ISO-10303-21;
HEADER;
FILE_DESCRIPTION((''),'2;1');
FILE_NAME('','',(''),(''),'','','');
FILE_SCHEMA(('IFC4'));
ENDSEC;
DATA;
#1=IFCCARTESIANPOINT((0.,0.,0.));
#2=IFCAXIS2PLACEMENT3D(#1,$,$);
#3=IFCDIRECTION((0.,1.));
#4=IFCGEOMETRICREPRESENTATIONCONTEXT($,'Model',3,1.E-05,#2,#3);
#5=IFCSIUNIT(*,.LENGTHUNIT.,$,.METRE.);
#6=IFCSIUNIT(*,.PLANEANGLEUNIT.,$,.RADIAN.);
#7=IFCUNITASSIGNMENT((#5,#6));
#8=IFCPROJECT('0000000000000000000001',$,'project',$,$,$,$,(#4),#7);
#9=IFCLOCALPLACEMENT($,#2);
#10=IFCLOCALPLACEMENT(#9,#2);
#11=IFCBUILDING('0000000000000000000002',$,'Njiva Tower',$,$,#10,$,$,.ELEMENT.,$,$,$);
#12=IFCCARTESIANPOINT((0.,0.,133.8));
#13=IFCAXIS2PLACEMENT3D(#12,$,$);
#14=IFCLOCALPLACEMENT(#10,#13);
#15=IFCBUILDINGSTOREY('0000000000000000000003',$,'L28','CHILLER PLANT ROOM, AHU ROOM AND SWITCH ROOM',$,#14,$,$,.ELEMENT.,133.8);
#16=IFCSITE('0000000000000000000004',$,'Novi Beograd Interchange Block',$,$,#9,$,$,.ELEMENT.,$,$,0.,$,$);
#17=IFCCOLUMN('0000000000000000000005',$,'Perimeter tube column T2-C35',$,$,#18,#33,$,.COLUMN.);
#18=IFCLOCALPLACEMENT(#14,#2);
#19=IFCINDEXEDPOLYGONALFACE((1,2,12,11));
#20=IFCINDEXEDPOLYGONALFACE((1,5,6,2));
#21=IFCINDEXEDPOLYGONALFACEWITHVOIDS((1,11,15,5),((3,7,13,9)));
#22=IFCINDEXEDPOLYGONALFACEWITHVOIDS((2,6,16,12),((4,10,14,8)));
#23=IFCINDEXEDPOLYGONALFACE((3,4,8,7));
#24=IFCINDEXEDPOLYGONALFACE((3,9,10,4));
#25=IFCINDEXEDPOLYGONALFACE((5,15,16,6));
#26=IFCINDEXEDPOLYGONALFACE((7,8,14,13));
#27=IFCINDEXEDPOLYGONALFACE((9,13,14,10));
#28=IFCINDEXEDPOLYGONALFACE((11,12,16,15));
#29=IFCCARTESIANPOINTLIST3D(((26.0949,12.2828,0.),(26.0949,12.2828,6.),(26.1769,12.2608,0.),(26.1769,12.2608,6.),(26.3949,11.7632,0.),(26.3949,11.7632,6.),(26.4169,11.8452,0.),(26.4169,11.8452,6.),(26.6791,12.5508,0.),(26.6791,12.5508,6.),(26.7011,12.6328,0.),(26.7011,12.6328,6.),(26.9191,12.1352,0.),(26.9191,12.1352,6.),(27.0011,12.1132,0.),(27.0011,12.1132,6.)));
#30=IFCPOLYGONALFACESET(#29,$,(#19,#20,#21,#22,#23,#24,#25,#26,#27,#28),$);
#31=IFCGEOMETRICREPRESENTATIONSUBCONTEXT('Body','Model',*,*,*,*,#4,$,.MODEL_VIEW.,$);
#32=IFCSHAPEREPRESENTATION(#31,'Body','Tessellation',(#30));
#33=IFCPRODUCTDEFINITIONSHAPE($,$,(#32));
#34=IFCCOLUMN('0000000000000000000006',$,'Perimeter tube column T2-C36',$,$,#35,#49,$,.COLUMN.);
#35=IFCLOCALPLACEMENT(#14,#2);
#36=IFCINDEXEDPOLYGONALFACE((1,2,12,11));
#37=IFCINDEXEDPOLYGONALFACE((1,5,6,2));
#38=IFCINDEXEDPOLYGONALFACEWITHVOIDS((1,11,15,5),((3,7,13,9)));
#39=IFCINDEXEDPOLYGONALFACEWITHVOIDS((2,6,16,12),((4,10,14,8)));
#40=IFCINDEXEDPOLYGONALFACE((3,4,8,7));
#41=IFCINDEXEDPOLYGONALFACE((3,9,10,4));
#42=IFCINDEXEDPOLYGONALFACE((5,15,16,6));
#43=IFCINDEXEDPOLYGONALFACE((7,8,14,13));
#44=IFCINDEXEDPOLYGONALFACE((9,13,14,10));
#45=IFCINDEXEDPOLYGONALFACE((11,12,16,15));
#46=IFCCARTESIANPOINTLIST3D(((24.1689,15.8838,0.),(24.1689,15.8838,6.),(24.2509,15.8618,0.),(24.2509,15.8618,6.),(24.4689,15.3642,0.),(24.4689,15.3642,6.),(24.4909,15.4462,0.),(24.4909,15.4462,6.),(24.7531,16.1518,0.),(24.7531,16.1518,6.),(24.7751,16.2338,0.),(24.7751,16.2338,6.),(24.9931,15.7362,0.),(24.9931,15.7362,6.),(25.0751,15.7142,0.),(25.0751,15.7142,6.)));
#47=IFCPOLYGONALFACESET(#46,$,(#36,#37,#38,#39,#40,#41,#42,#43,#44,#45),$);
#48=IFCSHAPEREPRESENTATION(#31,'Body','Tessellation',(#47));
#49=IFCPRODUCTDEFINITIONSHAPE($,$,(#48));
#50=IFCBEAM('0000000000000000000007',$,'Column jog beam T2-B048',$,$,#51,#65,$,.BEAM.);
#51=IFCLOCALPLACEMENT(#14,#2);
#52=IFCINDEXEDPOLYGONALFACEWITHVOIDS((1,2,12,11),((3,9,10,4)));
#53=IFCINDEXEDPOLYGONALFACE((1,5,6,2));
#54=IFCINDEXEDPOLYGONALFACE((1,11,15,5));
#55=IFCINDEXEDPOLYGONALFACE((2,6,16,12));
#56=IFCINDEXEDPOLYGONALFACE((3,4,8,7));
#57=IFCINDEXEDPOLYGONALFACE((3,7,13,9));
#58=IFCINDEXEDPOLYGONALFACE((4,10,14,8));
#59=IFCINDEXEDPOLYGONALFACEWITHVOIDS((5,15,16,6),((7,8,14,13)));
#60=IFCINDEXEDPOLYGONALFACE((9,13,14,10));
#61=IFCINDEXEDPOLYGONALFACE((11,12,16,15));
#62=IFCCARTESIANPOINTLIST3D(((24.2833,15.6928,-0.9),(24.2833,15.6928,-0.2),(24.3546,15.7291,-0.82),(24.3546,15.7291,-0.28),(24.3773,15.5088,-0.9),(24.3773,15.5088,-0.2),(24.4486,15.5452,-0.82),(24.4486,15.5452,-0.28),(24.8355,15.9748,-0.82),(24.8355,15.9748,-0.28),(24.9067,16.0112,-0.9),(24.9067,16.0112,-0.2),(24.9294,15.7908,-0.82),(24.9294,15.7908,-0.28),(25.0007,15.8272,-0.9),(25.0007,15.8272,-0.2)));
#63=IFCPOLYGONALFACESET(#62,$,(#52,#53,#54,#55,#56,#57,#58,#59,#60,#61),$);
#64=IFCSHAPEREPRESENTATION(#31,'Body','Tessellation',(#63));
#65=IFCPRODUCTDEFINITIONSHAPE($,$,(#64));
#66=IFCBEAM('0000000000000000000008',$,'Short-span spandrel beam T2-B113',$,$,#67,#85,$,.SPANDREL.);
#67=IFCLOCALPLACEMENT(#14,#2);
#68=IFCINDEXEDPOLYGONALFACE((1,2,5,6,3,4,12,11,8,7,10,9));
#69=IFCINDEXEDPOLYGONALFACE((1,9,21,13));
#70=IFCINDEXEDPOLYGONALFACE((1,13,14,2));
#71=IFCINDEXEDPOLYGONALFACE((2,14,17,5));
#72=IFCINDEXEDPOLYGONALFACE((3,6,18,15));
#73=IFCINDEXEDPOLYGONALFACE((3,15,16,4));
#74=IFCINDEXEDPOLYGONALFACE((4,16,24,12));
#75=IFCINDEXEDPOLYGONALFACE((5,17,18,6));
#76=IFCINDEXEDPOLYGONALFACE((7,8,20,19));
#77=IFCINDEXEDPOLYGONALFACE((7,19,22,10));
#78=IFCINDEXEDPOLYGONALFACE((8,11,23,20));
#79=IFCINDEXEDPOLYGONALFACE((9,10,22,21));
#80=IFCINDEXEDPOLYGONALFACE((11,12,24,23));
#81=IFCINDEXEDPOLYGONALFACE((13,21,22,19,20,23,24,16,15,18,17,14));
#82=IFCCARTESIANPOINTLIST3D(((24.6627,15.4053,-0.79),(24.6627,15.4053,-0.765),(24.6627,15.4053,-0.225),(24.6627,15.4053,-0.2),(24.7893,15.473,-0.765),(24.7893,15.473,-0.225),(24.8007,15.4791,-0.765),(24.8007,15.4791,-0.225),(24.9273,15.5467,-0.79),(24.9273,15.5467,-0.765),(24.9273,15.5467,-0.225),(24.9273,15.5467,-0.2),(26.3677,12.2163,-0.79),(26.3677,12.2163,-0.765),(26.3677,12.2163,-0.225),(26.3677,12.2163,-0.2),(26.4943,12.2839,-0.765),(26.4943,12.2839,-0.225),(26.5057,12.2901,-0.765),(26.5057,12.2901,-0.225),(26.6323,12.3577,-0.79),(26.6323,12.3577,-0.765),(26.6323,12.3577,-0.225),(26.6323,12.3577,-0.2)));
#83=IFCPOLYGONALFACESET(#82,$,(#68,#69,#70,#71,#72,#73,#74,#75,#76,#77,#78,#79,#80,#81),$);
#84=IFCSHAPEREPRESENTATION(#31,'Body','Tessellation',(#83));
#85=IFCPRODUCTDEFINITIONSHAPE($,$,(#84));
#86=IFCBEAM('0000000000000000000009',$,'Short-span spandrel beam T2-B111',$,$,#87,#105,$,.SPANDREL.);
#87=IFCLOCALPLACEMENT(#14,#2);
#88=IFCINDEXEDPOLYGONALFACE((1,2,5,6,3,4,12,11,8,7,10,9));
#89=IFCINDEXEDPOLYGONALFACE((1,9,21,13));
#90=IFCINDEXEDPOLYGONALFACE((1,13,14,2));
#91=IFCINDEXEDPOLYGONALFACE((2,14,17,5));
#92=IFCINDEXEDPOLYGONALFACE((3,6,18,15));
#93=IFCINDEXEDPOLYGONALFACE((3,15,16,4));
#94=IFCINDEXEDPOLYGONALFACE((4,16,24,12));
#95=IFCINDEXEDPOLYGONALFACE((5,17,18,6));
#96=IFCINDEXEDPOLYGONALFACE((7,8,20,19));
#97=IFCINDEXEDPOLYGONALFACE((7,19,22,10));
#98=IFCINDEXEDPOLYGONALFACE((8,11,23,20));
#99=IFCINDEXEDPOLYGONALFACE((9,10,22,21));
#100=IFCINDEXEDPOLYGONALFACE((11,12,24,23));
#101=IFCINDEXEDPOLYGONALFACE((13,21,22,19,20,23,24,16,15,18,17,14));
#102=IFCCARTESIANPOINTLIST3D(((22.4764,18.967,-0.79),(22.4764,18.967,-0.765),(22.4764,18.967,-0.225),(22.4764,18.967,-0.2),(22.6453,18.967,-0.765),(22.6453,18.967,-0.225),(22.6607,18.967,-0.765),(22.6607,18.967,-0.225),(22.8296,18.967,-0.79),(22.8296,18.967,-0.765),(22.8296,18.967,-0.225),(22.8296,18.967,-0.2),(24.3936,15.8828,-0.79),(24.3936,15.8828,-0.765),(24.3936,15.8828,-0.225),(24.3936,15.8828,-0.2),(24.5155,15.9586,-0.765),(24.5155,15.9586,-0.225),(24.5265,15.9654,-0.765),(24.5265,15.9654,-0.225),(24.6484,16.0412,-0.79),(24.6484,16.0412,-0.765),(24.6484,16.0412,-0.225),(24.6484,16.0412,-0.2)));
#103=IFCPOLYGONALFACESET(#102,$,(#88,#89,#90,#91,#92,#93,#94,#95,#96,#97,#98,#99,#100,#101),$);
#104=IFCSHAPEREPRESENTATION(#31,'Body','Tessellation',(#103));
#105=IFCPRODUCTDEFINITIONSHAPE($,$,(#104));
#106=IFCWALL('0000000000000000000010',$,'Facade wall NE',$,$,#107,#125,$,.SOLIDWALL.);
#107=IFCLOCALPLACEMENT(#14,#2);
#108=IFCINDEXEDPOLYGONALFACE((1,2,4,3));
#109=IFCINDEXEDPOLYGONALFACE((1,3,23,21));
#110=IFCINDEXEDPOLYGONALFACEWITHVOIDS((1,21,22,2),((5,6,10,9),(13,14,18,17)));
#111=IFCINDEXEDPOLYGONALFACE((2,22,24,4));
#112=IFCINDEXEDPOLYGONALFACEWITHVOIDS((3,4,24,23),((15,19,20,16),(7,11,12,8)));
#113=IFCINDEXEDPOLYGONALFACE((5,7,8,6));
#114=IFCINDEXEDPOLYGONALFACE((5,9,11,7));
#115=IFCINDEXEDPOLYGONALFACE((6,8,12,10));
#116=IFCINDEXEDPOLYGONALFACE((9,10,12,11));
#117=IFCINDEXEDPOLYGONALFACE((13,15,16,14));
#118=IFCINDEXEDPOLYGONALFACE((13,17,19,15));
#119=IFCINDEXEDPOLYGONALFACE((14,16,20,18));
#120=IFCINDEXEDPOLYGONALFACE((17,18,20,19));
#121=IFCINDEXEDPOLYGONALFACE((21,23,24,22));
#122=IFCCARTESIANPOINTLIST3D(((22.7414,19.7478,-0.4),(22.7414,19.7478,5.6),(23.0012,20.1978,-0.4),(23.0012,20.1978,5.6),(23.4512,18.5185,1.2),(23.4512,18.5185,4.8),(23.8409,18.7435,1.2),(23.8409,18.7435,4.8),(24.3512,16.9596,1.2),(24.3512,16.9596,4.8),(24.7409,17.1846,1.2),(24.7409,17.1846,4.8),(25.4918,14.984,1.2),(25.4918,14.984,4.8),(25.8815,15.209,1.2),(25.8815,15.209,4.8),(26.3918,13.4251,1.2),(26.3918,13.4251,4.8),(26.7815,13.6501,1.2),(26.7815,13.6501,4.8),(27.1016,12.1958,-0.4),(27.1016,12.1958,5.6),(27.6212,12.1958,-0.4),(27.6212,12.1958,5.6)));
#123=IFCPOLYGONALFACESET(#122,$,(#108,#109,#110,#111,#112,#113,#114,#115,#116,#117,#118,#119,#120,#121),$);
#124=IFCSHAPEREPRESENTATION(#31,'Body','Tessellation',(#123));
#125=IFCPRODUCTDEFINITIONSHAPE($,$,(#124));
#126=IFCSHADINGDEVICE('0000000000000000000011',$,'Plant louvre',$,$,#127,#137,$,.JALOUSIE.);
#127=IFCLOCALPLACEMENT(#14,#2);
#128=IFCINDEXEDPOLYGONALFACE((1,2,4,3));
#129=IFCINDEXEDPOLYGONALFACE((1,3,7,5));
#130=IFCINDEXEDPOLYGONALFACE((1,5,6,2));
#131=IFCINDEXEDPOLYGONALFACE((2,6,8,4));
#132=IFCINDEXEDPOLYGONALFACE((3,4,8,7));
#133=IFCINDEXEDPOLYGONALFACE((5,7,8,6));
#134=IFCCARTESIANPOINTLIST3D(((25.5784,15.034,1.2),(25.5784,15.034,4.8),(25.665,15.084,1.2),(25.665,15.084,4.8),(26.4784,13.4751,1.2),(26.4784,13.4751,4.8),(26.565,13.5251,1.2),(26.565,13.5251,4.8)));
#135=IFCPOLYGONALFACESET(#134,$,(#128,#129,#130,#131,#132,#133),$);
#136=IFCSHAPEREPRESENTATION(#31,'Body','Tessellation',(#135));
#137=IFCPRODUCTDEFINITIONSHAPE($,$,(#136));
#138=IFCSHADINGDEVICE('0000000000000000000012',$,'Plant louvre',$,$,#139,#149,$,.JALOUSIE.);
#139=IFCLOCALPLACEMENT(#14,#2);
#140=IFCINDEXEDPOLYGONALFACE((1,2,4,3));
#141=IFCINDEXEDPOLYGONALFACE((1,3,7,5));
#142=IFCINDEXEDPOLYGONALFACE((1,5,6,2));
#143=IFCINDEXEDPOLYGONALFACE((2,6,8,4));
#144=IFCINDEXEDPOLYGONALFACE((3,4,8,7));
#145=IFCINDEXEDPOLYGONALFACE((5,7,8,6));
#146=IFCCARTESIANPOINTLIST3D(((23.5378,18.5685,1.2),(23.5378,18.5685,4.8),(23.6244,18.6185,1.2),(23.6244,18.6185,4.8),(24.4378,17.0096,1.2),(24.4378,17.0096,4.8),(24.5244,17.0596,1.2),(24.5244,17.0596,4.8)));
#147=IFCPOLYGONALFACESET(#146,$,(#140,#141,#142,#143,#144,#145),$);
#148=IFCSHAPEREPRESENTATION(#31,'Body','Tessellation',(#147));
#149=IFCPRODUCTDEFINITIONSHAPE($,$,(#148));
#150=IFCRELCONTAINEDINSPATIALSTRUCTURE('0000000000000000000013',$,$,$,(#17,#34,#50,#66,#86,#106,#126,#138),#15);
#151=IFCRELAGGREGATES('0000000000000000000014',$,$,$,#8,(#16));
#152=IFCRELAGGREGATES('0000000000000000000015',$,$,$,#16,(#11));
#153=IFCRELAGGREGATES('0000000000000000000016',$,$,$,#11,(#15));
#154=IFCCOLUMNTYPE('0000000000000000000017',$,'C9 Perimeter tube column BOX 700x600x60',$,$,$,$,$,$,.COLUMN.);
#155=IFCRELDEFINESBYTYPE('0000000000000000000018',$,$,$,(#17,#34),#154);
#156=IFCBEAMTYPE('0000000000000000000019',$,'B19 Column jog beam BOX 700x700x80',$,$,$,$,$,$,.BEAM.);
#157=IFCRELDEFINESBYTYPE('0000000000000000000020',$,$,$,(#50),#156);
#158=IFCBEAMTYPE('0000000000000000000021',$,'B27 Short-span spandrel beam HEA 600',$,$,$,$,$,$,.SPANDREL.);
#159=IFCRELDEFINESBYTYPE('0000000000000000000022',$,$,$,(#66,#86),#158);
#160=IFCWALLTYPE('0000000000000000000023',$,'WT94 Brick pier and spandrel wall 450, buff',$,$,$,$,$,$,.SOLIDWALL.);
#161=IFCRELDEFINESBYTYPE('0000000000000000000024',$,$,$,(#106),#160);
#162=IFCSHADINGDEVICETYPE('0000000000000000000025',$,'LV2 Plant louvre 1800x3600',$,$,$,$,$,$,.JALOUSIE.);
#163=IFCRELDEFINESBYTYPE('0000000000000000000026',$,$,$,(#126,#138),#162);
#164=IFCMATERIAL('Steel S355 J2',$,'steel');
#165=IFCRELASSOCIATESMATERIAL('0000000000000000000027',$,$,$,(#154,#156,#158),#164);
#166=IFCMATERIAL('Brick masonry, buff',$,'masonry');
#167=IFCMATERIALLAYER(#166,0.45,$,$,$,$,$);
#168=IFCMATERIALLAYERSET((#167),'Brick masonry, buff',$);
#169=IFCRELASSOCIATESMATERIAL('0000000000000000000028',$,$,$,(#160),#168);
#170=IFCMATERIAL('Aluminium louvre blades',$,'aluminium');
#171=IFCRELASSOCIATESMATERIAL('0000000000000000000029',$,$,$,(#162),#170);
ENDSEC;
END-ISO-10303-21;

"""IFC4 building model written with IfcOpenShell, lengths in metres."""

from ifc_helpers import new_model, si_unit, direction, frame, frame_2d, origin, origin_2d, place, context, subcontext, project, spatial, polyline, rectangle, hollow_rectangle, i_section, outline, extrude, clip, halfspace, material, layer, layer_set, material_profile, profile_set, type_object, element, fill, save


model = new_model("IFC4")

# Units and contexts
model_context = context("Model", 3, precision=1e-05, world=origin(), true_north=direction((0.0, 1.0)))
body_context = subcontext(model_context, "Body", "Model", "MODEL_VIEW")
ifc_project = project(units=[si_unit("LENGTHUNIT", "METRE"), si_unit("PLANEANGLEUNIT", "RADIAN")], contexts=[model_context])

# Site, building, storey
site_placement = place(None, origin())
site = spatial("IfcSite", under=ifc_project, at=site_placement, Name="Novi Beograd Interchange Block", CompositionType="ELEMENT", RefElevation=0.0)
building_placement = place(site_placement, origin())
building = spatial("IfcBuilding", under=site, at=building_placement, Name="Njiva Tower", CompositionType="ELEMENT")
storey_placement = place(building_placement, frame((0.0, 0.0, 133.8)))
storey = spatial("IfcBuildingStorey", under=building, at=storey_placement, Name="L28", Description="CHILLER PLANT ROOM, AHU ROOM AND SWITCH ROOM", CompositionType="ELEMENT", Elevation=133.8)

# Columns
ifc_material_1 = material(Name="Steel S355 J2", Category="steel")
ifc_material_profile_1 = material_profile(ifc_material_1, hollow_rectangle(XDim=0.6, YDim=0.7, WallThickness=0.06, at=origin_2d()), Name="BOX 700x600x60")
ifc_profile_set_1 = profile_set([ifc_material_profile_1], Name="Steel S355 J2")
column_type = type_object("IfcColumnType", Name="C9 Perimeter tube column BOX 700x600x60", PredefinedType="COLUMN", material=ifc_profile_set_1)
for number, where, z_axis, x_axis, name in (
    (1, (26.548, 12.198, 0.0), (0.0, 0.0, 1.0), (-0.5, 0.866025, 0.0), "Perimeter tube column T2-C35"),
    (2, (24.622, 15.799, 0.0), (0.0, 0.0, 1.0), (-0.5, 0.866025, 0.0), "Perimeter tube column T2-C36"),
):
    element("IfcColumn", number, at=place(storey_placement, frame(where, z_axis=z_axis, x_axis=x_axis)), inside=storey, type_object=column_type, Name=name, PredefinedType="COLUMN", context=body_context, shape_type="SweptSolid", body=[
        extrude(hollow_rectangle(XDim=0.6, YDim=0.7, WallThickness=0.06, at=origin_2d()), origin(), (0.0, 0.0, 1.0), 6.0),
    ])

# Beams
ifc_material_profile_2 = material_profile(ifc_material_1, hollow_rectangle(XDim=0.7, YDim=0.7, WallThickness=0.08, at=origin_2d()), Name="BOX 700x700x80")
ifc_profile_set_2 = profile_set([ifc_material_profile_2], Name="Steel S355 J2")
beam_type_1 = type_object("IfcBeamType", Name="B19 Column jog beam BOX 700x700x80", PredefinedType="BEAM", material=ifc_profile_set_2)
beam_1_placement = place(storey_placement, frame((24.689, 15.668, -0.55), z_axis=(-0.454941, 0.890522, 0.0), x_axis=(-0.890522, -0.454941, 0.0)))
element("IfcBeam", 3, at=beam_1_placement, inside=storey, type_object=beam_type_1, Name="Column jog beam T2-B048", PredefinedType="BEAM", context=body_context, shape_type="SweptSolid", body=[
    extrude(hollow_rectangle(XDim=0.7, YDim=0.7, WallThickness=0.08, at=origin_2d()), origin(), (0.0, 0.0, 1.0), 0.2066),
])
ifc_material_profile_3 = material_profile(ifc_material_1, i_section(OverallWidth=0.3, OverallDepth=0.59, WebThickness=0.013, FlangeThickness=0.025, at=origin_2d()), Name="HEA 600")
ifc_profile_set_3 = profile_set([ifc_material_profile_3], Name="Steel S355 J2")
beam_type_2 = type_object("IfcBeamType", Name="B27 Short-span spandrel beam HEA 600", PredefinedType="SPANDREL", material=ifc_profile_set_3)
beam_2_placement = place(storey_placement, frame((26.5, 12.287, -0.495), z_axis=(-0.471492, 0.88187, 0.0), x_axis=(-0.88187, -0.471492, 0.0)))
element("IfcBeam", 4, at=beam_2_placement, inside=storey, type_object=beam_type_2, Name="Short-span spandrel beam T2-B113", PredefinedType="SPANDREL", context=body_context, shape_type="SweptSolid", body=[
    extrude(i_section(OverallWidth=0.3, OverallDepth=0.59, WebThickness=0.013, FlangeThickness=0.025, at=origin_2d()), origin(), (0.0, 0.0, 1.0), 3.6162),
])
beam_3_placement = place(storey_placement, frame((24.521, 15.962, -0.495), z_axis=(-0.52794, 0.849282, 0.0), x_axis=(-0.849282, -0.52794, 0.0)))
element("IfcBeam", 5, at=beam_3_placement, inside=storey, type_object=beam_type_2, Name="Short-span spandrel beam T2-B111", PredefinedType="SPANDREL", context=body_context, shape_type="Clipping", body=[
    clip(extrude(i_section(OverallWidth=0.3, OverallDepth=0.59, WebThickness=0.013, FlangeThickness=0.025, at=origin_2d()), origin(), (0.0, 0.0, 1.0), 3.6513), halfspace(frame((-0.0262, 0.0, 3.522), z_axis=(-0.52794, 0.0, 0.849282), x_axis=(0.0, 1.0, 0.0)), False)),
])

# Wall, openings, shading devices
ifc_material_2 = material(Name="Brick masonry, buff", Category="masonry")
ifc_layer = layer(ifc_material_2, 0.45)
ifc_layer_set = layer_set([ifc_layer], Name="Brick masonry, buff")
wall_type = type_object("IfcWallType", Name="WT94 Brick pier and spandrel wall 450, buff", PredefinedType="SOLIDWALL", material=ifc_layer_set)
ifc_material_3 = material(Name="Aluminium louvre blades", Category="aluminium")
wall_1_placement = place(storey_placement, frame((27.3614, 12.1958, -0.4), z_axis=(0.0, 0.0, 1.0), x_axis=(-0.500004, 0.866023, 0.0)))
wall_1 = element("IfcWall", 6, at=wall_1_placement, inside=storey, type_object=wall_type, Name="Facade wall NE", PredefinedType="SOLIDWALL", context=body_context, shape_type="SweptSolid", body=[
    extrude(outline(polyline([(-0.1299, -0.225), (9.11, -0.225), (8.8502, 0.225), (0.1299, 0.225), (-0.1299, -0.225)])), origin(), (0.0, 0.0, 1.0), 6.0),
])
opening_1_placement = place(wall_1_placement, frame((1.5494, 0.0, 1.6)))
opening_1 = element("IfcOpeningElement", 7, at=opening_1_placement, cuts=wall_1, PredefinedType="OPENING", context=body_context, shape_type="SweptSolid", body=[
    extrude(rectangle(XDim=1.8, YDim=3.6, at=frame_2d((0.9, 1.8))), frame((0.0, 0.235, 0.0), z_axis=(0.0, -1.0, 0.0), x_axis=(1.0, 0.0, 0.0)), (0.0, 0.0, 1.0), 0.47),
])
opening_2_placement = place(wall_1_placement, frame((5.6307, 0.0, 1.6)))
opening_2 = element("IfcOpeningElement", 8, at=opening_2_placement, cuts=wall_1, PredefinedType="OPENING", context=body_context, shape_type="SweptSolid", body=[
    extrude(rectangle(XDim=1.8, YDim=3.6, at=frame_2d((0.9, 1.8))), frame((0.0, 0.235, 0.0), z_axis=(0.0, -1.0, 0.0), x_axis=(1.0, 0.0, 0.0)), (0.0, 0.0, 1.0), 0.47),
])
shading_device_type_1 = type_object("IfcShadingDeviceType", Name="LV2 Plant louvre 1800x3600", PredefinedType="JALOUSIE", material=ifc_material_3)
shading_device_1_placement = place(opening_1_placement, origin())
shading_device_1 = element("IfcShadingDevice", 9, at=shading_device_1_placement, inside=storey, type_object=shading_device_type_1, Name="Plant louvre", PredefinedType="JALOUSIE", context=body_context, shape_type="SweptSolid", body=[
    extrude(rectangle(XDim=1.8, YDim=3.6, at=frame_2d((0.9, 1.8))), frame((0.0, 0.125, 0.0), z_axis=(0.0, -1.0, 0.0), x_axis=(1.0, 0.0, 0.0)), (0.0, 0.0, 1.0), 0.1),
])
fill(opening_1, shading_device_1)
shading_device_2_placement = place(opening_2_placement, origin())
shading_device_2 = element("IfcShadingDevice", 10, at=shading_device_2_placement, inside=storey, type_object=shading_device_type_1, Name="Plant louvre", PredefinedType="JALOUSIE", context=body_context, shape_type="SweptSolid", body=[
    extrude(rectangle(XDim=1.8, YDim=3.6, at=frame_2d((0.9, 1.8))), frame((0.0, 0.125, 0.0), z_axis=(0.0, -1.0, 0.0), x_axis=(1.0, 0.0, 0.0)), (0.0, 0.0, 1.0), 0.1),
])
fill(opening_2, shading_device_2)

save(model, "model.ifc")
